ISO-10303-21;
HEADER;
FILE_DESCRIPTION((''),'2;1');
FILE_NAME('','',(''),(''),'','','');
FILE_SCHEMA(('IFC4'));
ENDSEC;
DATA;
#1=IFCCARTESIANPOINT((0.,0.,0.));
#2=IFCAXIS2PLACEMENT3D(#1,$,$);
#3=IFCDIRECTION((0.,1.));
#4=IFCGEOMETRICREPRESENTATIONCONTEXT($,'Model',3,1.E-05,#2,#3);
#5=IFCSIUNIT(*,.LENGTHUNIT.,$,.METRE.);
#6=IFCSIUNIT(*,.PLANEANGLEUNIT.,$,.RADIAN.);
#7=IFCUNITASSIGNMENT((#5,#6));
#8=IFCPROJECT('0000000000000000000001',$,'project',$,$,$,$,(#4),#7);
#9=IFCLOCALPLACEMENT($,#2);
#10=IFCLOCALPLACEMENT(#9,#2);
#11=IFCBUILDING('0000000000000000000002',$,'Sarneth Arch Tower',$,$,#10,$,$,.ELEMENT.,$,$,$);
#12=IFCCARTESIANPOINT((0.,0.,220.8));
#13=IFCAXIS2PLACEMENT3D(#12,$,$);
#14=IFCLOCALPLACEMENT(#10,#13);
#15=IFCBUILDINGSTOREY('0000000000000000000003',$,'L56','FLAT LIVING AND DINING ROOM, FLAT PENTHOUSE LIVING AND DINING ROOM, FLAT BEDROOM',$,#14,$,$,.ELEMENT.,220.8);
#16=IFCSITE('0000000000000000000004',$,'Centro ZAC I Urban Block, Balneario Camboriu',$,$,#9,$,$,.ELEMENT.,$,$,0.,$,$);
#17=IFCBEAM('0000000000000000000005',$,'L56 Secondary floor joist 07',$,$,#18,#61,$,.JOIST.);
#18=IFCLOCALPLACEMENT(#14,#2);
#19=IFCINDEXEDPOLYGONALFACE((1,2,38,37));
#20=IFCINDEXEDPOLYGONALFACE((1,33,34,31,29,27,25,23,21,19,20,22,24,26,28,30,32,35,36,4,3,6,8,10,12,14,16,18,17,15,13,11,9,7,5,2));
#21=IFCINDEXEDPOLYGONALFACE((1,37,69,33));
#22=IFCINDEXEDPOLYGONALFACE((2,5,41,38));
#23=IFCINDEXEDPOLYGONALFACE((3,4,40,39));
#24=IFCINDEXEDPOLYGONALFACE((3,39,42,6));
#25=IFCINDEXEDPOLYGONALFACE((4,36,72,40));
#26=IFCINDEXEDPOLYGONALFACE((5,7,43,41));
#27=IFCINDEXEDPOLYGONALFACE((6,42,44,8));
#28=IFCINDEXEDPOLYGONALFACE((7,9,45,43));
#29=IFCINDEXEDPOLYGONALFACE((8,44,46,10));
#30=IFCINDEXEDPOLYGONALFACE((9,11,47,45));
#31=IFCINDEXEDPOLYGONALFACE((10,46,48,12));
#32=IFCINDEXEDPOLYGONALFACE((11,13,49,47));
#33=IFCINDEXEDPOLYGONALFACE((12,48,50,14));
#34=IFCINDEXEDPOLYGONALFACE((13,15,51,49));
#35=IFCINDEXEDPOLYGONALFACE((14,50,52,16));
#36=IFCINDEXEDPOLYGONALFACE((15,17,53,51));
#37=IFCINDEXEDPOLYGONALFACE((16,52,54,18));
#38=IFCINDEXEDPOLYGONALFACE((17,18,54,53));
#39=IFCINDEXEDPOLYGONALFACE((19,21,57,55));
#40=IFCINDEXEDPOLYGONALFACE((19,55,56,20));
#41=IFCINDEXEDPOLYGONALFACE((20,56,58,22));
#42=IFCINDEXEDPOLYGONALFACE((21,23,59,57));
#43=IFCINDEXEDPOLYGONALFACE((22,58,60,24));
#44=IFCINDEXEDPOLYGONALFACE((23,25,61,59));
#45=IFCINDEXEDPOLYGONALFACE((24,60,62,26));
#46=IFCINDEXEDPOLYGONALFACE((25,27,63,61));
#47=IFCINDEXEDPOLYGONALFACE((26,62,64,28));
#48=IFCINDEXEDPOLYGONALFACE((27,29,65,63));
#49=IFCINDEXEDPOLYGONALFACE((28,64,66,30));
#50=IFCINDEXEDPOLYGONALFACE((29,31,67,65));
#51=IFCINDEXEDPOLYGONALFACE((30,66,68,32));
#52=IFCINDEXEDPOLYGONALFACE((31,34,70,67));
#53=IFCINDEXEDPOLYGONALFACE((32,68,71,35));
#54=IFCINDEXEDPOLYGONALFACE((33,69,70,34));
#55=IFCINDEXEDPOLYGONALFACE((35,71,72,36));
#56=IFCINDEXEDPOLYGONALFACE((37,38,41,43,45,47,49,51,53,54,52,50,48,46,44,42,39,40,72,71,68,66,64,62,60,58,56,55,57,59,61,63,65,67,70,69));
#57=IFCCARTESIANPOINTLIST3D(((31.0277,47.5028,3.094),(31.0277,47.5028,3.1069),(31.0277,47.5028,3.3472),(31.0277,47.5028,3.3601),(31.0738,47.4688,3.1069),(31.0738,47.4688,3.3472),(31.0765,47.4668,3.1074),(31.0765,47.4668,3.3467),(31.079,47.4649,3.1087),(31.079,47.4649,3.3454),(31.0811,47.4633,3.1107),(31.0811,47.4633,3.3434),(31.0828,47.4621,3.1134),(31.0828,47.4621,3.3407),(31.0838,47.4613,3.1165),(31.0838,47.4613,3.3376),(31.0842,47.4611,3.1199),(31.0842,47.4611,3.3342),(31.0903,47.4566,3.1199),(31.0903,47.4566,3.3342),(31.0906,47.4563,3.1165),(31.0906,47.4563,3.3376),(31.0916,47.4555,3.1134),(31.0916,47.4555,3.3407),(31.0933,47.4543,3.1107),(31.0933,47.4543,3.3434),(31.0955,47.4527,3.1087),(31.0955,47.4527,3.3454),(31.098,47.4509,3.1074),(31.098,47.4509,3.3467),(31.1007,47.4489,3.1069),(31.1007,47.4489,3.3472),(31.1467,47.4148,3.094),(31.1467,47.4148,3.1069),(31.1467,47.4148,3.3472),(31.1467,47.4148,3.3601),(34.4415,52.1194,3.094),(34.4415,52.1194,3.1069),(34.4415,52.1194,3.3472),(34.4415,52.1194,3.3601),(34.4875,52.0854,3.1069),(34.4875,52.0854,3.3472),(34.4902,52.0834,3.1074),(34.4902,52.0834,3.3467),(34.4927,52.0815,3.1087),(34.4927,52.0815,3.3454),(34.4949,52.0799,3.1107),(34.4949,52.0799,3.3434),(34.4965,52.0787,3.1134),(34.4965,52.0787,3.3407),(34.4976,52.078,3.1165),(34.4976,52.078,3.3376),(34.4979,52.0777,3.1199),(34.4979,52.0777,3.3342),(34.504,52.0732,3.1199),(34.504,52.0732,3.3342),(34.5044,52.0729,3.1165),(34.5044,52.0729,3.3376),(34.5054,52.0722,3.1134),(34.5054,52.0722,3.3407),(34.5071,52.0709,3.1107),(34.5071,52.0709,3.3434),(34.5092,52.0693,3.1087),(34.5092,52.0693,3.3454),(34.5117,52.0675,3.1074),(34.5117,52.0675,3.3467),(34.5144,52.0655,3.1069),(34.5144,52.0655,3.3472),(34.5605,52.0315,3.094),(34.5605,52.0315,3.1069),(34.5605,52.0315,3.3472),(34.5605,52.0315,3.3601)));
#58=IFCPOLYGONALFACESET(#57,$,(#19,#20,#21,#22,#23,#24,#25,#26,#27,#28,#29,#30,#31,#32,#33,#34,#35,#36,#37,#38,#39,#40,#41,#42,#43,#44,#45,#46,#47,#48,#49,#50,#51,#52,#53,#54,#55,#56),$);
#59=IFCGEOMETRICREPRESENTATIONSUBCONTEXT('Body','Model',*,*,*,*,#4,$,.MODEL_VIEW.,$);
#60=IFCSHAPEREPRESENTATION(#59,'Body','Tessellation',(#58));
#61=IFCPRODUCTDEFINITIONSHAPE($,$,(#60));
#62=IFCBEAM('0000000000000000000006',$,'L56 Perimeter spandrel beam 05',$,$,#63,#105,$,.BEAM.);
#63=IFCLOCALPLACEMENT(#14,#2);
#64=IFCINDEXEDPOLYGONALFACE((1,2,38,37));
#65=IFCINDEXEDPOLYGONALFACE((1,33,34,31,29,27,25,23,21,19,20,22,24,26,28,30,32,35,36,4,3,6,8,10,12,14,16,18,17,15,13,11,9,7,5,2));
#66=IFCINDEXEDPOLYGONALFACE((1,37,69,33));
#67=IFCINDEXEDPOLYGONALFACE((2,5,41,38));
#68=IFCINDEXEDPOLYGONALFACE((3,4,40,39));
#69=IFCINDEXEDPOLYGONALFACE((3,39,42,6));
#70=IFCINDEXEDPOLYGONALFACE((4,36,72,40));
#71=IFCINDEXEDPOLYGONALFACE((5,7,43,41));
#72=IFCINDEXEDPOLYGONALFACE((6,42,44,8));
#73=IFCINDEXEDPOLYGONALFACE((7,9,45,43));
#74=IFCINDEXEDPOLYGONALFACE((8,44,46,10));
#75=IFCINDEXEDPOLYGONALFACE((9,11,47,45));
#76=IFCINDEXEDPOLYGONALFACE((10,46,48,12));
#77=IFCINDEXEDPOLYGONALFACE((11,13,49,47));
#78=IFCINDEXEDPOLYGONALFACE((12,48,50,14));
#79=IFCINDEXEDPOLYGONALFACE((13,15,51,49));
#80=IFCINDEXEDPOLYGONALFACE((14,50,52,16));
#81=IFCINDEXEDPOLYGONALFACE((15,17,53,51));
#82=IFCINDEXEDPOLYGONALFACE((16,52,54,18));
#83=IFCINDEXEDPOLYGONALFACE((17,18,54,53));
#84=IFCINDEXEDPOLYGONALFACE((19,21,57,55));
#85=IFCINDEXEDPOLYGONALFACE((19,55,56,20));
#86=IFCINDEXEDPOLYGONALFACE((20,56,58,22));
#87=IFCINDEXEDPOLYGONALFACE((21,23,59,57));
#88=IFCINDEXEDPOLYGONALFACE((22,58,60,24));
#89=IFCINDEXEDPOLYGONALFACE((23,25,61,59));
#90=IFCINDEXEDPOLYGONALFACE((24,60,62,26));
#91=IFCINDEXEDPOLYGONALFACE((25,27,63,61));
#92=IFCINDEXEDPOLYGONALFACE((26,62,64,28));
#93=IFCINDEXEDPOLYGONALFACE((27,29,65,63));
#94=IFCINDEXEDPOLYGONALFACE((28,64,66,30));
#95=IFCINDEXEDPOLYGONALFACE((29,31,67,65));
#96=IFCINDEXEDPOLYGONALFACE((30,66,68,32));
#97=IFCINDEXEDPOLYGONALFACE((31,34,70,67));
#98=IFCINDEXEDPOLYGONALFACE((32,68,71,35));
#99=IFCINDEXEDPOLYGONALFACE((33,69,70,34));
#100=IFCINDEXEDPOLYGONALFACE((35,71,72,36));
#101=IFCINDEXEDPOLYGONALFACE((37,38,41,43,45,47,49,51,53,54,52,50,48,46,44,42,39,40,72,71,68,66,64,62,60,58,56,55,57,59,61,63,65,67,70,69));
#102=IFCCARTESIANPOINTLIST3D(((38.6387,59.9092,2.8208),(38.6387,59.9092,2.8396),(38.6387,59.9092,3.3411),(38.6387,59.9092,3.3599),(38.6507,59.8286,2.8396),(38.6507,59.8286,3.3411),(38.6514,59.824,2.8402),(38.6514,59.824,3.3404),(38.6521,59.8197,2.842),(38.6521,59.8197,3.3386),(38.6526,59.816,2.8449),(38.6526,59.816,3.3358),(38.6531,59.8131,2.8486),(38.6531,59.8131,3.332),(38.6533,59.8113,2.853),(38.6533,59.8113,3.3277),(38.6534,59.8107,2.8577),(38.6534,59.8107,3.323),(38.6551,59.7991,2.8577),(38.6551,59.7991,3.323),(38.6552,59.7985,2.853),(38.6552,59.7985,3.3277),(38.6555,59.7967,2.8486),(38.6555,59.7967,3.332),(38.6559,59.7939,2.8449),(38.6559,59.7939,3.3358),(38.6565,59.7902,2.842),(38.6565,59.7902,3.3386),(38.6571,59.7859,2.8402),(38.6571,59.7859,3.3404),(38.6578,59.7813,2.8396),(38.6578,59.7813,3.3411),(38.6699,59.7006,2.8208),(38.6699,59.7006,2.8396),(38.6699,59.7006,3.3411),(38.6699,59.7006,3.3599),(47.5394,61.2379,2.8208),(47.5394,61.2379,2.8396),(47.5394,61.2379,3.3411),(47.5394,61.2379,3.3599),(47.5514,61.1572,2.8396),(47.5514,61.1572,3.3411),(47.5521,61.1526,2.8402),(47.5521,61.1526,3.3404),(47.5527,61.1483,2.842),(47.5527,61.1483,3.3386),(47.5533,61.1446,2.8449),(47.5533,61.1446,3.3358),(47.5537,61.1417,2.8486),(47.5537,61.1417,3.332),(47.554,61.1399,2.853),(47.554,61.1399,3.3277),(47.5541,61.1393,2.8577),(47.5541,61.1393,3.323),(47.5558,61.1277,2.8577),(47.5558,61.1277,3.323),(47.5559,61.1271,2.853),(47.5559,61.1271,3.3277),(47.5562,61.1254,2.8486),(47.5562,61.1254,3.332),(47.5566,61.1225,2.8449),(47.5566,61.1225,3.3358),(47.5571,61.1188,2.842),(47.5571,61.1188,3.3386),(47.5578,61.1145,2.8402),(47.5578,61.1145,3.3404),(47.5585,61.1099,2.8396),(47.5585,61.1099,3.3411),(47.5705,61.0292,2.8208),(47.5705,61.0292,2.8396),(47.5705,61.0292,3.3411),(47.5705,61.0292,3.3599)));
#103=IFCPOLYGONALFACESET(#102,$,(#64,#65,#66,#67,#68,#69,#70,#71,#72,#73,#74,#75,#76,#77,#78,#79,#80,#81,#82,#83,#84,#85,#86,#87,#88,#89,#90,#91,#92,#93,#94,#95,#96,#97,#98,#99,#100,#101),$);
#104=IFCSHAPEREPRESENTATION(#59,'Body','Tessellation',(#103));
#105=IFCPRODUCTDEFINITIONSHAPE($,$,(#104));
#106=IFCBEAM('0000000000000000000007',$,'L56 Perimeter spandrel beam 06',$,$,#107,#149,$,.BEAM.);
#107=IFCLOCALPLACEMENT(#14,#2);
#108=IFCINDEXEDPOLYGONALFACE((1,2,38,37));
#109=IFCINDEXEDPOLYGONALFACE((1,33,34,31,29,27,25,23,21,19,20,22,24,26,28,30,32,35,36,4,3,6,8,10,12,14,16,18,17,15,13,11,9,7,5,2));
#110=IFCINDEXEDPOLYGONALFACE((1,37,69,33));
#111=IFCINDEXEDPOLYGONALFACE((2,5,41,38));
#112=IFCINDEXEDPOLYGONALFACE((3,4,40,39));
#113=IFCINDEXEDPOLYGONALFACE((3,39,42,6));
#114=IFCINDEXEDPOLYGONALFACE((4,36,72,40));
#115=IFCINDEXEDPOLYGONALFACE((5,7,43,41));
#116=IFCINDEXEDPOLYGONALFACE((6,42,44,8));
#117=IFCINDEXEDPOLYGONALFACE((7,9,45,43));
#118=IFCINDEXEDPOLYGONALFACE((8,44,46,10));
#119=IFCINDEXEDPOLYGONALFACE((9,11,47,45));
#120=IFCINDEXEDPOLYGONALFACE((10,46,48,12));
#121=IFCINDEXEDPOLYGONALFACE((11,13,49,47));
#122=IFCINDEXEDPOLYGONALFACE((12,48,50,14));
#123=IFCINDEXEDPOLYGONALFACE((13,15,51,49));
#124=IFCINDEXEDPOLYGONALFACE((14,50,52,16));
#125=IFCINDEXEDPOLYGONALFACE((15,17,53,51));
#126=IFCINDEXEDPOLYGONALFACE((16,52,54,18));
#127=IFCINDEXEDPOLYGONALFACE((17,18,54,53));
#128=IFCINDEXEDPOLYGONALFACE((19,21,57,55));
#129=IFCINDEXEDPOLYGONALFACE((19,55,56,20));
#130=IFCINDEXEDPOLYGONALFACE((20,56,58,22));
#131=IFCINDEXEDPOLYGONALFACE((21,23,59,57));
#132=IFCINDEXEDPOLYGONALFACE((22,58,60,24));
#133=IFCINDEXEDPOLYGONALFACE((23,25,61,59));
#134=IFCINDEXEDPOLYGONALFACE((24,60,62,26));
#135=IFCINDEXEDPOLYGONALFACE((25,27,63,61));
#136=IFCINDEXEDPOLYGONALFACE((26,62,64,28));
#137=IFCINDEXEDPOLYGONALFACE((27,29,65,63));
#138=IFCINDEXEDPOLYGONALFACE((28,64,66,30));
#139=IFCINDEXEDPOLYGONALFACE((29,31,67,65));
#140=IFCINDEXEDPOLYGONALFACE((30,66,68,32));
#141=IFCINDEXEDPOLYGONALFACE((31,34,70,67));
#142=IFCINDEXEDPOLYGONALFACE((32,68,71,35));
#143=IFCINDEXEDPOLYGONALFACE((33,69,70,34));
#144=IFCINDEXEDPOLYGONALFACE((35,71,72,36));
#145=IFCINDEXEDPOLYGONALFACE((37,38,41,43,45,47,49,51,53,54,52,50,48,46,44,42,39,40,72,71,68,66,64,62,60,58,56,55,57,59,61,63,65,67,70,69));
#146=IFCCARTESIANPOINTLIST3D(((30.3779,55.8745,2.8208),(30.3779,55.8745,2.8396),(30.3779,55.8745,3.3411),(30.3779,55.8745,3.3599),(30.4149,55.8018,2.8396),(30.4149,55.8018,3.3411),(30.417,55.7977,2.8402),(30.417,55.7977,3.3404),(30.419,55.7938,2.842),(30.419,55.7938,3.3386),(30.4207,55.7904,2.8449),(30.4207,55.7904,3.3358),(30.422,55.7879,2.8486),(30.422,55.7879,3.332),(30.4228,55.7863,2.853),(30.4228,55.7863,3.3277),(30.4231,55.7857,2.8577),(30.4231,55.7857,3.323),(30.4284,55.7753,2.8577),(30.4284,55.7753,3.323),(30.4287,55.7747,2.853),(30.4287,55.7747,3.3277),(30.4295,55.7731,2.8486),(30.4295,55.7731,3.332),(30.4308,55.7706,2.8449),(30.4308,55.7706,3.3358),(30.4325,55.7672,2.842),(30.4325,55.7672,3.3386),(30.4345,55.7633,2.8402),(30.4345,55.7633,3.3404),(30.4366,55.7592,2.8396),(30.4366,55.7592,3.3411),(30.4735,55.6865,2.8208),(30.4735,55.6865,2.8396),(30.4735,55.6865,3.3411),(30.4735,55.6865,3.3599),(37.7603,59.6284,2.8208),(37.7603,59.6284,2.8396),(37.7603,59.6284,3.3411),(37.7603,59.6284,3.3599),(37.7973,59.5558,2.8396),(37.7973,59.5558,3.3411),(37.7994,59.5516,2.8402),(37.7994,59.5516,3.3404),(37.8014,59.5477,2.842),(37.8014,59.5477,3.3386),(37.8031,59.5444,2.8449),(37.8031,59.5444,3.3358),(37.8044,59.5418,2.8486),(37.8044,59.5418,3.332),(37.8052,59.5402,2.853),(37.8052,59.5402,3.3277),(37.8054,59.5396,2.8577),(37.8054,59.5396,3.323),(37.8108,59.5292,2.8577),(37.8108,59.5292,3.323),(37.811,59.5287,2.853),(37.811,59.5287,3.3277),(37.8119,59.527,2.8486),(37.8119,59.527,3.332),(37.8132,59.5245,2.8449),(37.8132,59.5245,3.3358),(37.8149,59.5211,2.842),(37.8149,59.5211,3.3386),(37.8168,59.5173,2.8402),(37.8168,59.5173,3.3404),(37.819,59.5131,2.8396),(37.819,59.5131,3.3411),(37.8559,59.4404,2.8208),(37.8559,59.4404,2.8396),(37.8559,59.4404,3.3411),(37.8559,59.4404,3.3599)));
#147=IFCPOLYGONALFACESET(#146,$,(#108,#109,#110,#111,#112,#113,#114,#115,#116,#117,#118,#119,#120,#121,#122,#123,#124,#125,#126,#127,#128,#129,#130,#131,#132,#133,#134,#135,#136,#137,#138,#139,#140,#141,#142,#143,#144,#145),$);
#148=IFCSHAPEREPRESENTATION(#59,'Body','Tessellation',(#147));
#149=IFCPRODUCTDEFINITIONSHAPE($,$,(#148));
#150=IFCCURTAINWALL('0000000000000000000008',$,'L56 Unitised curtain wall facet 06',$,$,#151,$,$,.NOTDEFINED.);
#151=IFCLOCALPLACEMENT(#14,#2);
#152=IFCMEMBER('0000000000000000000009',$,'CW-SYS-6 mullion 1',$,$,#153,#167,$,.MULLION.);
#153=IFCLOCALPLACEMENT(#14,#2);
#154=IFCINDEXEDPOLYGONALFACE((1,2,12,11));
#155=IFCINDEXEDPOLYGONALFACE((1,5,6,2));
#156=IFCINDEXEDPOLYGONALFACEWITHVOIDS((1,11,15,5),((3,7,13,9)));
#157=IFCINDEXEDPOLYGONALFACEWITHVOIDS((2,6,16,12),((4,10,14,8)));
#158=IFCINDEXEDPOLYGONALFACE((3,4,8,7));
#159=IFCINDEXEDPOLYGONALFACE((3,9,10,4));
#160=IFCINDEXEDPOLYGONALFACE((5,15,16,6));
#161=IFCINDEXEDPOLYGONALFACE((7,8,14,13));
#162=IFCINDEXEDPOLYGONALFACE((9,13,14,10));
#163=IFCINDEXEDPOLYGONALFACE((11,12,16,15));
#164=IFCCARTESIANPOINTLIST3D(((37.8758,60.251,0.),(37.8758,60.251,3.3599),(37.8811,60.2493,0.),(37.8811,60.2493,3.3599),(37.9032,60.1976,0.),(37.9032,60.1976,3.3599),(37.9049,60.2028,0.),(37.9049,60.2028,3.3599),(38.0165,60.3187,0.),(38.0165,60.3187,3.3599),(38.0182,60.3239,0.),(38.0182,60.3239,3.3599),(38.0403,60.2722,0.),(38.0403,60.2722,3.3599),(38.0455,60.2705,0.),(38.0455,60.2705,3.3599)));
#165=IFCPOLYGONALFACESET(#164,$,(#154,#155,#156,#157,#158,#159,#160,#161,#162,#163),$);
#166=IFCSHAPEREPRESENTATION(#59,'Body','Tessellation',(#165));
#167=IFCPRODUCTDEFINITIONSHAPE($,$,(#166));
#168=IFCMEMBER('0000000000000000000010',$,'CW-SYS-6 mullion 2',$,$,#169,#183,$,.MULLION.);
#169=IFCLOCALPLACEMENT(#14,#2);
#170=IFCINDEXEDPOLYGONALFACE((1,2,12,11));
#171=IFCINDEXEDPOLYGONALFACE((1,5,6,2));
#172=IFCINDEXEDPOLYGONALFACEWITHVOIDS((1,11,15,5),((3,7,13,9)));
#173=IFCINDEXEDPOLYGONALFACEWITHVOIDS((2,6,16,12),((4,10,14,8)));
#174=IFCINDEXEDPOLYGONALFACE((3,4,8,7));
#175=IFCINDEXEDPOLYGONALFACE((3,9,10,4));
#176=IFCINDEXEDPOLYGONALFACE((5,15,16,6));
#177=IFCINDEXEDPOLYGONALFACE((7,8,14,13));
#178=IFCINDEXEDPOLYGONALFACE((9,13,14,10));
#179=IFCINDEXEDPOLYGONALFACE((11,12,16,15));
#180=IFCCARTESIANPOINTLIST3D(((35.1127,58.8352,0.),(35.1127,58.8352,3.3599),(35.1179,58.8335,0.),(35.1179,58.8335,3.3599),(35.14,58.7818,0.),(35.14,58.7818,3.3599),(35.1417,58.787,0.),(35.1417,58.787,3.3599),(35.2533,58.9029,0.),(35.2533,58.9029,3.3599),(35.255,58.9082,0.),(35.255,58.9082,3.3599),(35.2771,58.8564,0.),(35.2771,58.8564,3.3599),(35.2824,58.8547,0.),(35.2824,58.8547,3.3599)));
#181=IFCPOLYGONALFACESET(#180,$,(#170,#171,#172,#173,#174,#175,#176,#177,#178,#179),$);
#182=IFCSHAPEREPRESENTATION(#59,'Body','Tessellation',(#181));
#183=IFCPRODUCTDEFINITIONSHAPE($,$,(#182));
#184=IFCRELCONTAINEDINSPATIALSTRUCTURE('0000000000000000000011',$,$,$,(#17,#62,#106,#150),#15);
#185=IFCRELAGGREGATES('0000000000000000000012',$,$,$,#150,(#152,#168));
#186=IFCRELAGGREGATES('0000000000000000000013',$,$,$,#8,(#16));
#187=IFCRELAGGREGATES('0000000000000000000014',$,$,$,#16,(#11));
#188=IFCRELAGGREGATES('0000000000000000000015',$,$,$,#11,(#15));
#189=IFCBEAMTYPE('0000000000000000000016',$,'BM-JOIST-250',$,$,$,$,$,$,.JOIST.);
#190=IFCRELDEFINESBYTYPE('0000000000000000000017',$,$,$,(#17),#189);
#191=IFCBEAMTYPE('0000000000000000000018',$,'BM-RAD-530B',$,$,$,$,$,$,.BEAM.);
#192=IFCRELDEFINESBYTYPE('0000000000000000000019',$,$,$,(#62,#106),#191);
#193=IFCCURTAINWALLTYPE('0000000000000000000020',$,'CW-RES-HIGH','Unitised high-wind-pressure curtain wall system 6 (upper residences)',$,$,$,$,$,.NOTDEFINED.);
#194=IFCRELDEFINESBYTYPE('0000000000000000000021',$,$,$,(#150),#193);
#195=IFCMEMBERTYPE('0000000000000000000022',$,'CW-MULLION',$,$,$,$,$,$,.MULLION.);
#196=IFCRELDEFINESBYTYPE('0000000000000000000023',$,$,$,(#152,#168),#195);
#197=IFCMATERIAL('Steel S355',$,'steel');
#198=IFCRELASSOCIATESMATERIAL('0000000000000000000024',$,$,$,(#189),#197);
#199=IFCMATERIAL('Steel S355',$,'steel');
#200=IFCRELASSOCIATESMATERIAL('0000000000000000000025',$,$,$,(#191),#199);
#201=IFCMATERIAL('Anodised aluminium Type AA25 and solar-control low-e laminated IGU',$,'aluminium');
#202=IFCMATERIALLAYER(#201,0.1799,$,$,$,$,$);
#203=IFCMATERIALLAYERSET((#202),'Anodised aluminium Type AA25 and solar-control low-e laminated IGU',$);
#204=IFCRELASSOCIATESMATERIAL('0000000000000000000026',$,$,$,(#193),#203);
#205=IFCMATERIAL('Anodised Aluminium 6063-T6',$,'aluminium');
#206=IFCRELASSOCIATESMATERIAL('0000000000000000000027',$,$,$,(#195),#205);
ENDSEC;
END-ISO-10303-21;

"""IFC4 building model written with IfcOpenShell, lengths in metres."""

from ifc_helpers import new_model, si_unit, direction, frame, origin, origin_2d, place, context, subcontext, project, spatial, hollow_rectangle, i_section, extrude, material, layer, layer_set, material_profile, profile_set, type_object, element, aggregate, save


model = new_model("IFC4")

# Units and contexts
model_context = context("Model", 3, precision=1e-05, world=origin(), true_north=direction((0.0, 1.0)))
body_context = subcontext(model_context, "Body", "Model", "MODEL_VIEW")
ifc_project = project(units=[si_unit("LENGTHUNIT", "METRE"), si_unit("PLANEANGLEUNIT", "RADIAN")], contexts=[model_context])

# Site, building, storey
site_placement = place(None, origin())
site = spatial("IfcSite", under=ifc_project, at=site_placement, Name="Centro ZAC I Urban Block, Balneario Camboriu", CompositionType="ELEMENT", RefElevation=0.0)
building_placement = place(site_placement, origin())
building = spatial("IfcBuilding", under=site, at=building_placement, Name="Sarneth Arch Tower", CompositionType="ELEMENT")
storey_placement = place(building_placement, frame((0.0, 0.0, 220.8)))
storey = spatial("IfcBuildingStorey", under=building, at=storey_placement, Name="L56", Description="FLAT LIVING AND DINING ROOM, FLAT PENTHOUSE LIVING AND DINING ROOM, FLAT BEDROOM", CompositionType="ELEMENT", Elevation=220.8)

# Beams
ifc_material_1 = material(Name="Steel S355", Category="steel")
ifc_material_profile_1 = material_profile(ifc_material_1, i_section(OverallWidth=0.1479, OverallDepth=0.2661, WebThickness=0.0076, FlangeThickness=0.0129, FilletRadius=0.0129, at=origin_2d()), Name="W250x44.8")
ifc_profile_set_1 = profile_set([ifc_material_profile_1], Name="Steel S355")
beam_type_1 = type_object("IfcBeamType", Name="BM-JOIST-250", PredefinedType="JOIST", material=ifc_profile_set_1)
beam_1_placement = place(storey_placement, frame((34.501, 52.0754, 3.2271), z_axis=(-0.594557, -0.804053, 0.0), x_axis=(0.804053, -0.594557, 0.0)))
element("IfcBeam", 1, at=beam_1_placement, inside=storey, type_object=beam_type_1, Name="L56 Secondary floor joist 07", PredefinedType="JOIST", context=body_context, shape_type="SweptSolid", body=[
    extrude(i_section(OverallWidth=0.1479, OverallDepth=0.2661, WebThickness=0.0076, FlangeThickness=0.0129, FilletRadius=0.0129, at=origin_2d()), origin(), (0.0, 0.0, 1.0), 5.7417),
])
ifc_material_2 = material(Name="Steel S355", Category="steel")
ifc_material_profile_2 = material_profile(ifc_material_2, i_section(OverallWidth=0.2109, OverallDepth=0.5391, WebThickness=0.0117, FlangeThickness=0.0188, FilletRadius=0.0181, at=origin_2d()), Name="W530x109")
ifc_profile_set_2 = profile_set([ifc_material_profile_2], Name="Steel S355")
beam_type_2 = type_object("IfcBeamType", Name="BM-RAD-530B", PredefinedType="BEAM", material=ifc_profile_set_2)
beam_2_placement = place(storey_placement, frame((47.5549, 61.1335, 3.0903), z_axis=(-0.989042, -0.147636, 0.0), x_axis=(0.147636, -0.989042, 0.0)))
element("IfcBeam", 2, at=beam_2_placement, inside=storey, type_object=beam_type_2, Name="L56 Perimeter spandrel beam 05", PredefinedType="BEAM", context=body_context, shape_type="SweptSolid", body=[
    extrude(i_section(OverallWidth=0.2109, OverallDepth=0.5391, WebThickness=0.0117, FlangeThickness=0.0188, FilletRadius=0.0181, at=origin_2d()), origin(), (0.0, 0.0, 1.0), 8.9993),
])
beam_3_placement = place(storey_placement, frame((37.8081, 59.5344, 3.0903), z_axis=(-0.891376, -0.453264, 0.0), x_axis=(0.453264, -0.891376, 0.0)))
element("IfcBeam", 3, at=beam_3_placement, inside=storey, type_object=beam_type_2, Name="L56 Perimeter spandrel beam 06", PredefinedType="BEAM", context=body_context, shape_type="SweptSolid", body=[
    extrude(i_section(OverallWidth=0.2109, OverallDepth=0.5391, WebThickness=0.0117, FlangeThickness=0.0188, FilletRadius=0.0181, at=origin_2d()), origin(), (0.0, 0.0, 1.0), 8.282),
])

# Curtain wall, members
ifc_material_3 = material(Name="Anodised aluminium Type AA25 and solar-control low-e laminated IGU", Category="aluminium")
ifc_layer_1 = layer(ifc_material_3, 0.1799)
ifc_layer_set_1 = layer_set([ifc_layer_1], Name="Anodised aluminium Type AA25 and solar-control low-e laminated IGU")
curtain_wall_type = type_object("IfcCurtainWallType", Name="CW-RES-HIGH", Description="Unitised high-wind-pressure curtain wall system 6 (upper residences)", PredefinedType="NOTDEFINED", material=ifc_layer_set_1)
curtain_wall_placement = place(storey_placement, origin())
curtain_wall = element("IfcCurtainWall", 4, at=curtain_wall_placement, inside=storey, type_object=curtain_wall_type, Name="L56 Unitised curtain wall facet 06", PredefinedType="NOTDEFINED")
ifc_material_4 = material(Name="Anodised Aluminium 6063-T6", Category="aluminium")
ifc_material_profile_3 = material_profile(ifc_material_4, hollow_rectangle(XDim=0.0601, YDim=0.1599, WallThickness=0.0039, at=origin_2d()), Name="AL-MULL-160x60x4")
ifc_profile_set_3 = profile_set([ifc_material_profile_3], Name="Anodised Aluminium 6063-T6")
member_type_1 = type_object("IfcMemberType", Name="CW-MULLION", PredefinedType="MULLION", material=ifc_profile_set_3)
member_1_placement = place(storey_placement, frame((37.9607, 60.2607, 0.0), z_axis=(0.0, 0.0, 1.0), x_axis=(0.455942, -0.89001, 0.0)))
member_1 = element("IfcMember", 5, at=member_1_placement, type_object=member_type_1, Name="CW-SYS-6 mullion 1", PredefinedType="MULLION", context=body_context, shape_type="SweptSolid", body=[
    extrude(hollow_rectangle(XDim=0.0601, YDim=0.1599, WallThickness=0.0039, at=origin_2d()), origin(), (0.0, 0.0, 1.0), 3.3599),
])
member_2_placement = place(storey_placement, frame((35.1975, 58.845, 0.0), z_axis=(0.0, 0.0, 1.0), x_axis=(0.455942, -0.89001, 0.0)))
member_2 = element("IfcMember", 6, at=member_2_placement, type_object=member_type_1, Name="CW-SYS-6 mullion 2", PredefinedType="MULLION", context=body_context, shape_type="SweptSolid", body=[
    extrude(hollow_rectangle(XDim=0.0601, YDim=0.1599, WallThickness=0.0039, at=origin_2d()), origin(), (0.0, 0.0, 1.0), 3.3599),
])
aggregate(curtain_wall, [member_1, member_2])

save(model, "model.ifc")
